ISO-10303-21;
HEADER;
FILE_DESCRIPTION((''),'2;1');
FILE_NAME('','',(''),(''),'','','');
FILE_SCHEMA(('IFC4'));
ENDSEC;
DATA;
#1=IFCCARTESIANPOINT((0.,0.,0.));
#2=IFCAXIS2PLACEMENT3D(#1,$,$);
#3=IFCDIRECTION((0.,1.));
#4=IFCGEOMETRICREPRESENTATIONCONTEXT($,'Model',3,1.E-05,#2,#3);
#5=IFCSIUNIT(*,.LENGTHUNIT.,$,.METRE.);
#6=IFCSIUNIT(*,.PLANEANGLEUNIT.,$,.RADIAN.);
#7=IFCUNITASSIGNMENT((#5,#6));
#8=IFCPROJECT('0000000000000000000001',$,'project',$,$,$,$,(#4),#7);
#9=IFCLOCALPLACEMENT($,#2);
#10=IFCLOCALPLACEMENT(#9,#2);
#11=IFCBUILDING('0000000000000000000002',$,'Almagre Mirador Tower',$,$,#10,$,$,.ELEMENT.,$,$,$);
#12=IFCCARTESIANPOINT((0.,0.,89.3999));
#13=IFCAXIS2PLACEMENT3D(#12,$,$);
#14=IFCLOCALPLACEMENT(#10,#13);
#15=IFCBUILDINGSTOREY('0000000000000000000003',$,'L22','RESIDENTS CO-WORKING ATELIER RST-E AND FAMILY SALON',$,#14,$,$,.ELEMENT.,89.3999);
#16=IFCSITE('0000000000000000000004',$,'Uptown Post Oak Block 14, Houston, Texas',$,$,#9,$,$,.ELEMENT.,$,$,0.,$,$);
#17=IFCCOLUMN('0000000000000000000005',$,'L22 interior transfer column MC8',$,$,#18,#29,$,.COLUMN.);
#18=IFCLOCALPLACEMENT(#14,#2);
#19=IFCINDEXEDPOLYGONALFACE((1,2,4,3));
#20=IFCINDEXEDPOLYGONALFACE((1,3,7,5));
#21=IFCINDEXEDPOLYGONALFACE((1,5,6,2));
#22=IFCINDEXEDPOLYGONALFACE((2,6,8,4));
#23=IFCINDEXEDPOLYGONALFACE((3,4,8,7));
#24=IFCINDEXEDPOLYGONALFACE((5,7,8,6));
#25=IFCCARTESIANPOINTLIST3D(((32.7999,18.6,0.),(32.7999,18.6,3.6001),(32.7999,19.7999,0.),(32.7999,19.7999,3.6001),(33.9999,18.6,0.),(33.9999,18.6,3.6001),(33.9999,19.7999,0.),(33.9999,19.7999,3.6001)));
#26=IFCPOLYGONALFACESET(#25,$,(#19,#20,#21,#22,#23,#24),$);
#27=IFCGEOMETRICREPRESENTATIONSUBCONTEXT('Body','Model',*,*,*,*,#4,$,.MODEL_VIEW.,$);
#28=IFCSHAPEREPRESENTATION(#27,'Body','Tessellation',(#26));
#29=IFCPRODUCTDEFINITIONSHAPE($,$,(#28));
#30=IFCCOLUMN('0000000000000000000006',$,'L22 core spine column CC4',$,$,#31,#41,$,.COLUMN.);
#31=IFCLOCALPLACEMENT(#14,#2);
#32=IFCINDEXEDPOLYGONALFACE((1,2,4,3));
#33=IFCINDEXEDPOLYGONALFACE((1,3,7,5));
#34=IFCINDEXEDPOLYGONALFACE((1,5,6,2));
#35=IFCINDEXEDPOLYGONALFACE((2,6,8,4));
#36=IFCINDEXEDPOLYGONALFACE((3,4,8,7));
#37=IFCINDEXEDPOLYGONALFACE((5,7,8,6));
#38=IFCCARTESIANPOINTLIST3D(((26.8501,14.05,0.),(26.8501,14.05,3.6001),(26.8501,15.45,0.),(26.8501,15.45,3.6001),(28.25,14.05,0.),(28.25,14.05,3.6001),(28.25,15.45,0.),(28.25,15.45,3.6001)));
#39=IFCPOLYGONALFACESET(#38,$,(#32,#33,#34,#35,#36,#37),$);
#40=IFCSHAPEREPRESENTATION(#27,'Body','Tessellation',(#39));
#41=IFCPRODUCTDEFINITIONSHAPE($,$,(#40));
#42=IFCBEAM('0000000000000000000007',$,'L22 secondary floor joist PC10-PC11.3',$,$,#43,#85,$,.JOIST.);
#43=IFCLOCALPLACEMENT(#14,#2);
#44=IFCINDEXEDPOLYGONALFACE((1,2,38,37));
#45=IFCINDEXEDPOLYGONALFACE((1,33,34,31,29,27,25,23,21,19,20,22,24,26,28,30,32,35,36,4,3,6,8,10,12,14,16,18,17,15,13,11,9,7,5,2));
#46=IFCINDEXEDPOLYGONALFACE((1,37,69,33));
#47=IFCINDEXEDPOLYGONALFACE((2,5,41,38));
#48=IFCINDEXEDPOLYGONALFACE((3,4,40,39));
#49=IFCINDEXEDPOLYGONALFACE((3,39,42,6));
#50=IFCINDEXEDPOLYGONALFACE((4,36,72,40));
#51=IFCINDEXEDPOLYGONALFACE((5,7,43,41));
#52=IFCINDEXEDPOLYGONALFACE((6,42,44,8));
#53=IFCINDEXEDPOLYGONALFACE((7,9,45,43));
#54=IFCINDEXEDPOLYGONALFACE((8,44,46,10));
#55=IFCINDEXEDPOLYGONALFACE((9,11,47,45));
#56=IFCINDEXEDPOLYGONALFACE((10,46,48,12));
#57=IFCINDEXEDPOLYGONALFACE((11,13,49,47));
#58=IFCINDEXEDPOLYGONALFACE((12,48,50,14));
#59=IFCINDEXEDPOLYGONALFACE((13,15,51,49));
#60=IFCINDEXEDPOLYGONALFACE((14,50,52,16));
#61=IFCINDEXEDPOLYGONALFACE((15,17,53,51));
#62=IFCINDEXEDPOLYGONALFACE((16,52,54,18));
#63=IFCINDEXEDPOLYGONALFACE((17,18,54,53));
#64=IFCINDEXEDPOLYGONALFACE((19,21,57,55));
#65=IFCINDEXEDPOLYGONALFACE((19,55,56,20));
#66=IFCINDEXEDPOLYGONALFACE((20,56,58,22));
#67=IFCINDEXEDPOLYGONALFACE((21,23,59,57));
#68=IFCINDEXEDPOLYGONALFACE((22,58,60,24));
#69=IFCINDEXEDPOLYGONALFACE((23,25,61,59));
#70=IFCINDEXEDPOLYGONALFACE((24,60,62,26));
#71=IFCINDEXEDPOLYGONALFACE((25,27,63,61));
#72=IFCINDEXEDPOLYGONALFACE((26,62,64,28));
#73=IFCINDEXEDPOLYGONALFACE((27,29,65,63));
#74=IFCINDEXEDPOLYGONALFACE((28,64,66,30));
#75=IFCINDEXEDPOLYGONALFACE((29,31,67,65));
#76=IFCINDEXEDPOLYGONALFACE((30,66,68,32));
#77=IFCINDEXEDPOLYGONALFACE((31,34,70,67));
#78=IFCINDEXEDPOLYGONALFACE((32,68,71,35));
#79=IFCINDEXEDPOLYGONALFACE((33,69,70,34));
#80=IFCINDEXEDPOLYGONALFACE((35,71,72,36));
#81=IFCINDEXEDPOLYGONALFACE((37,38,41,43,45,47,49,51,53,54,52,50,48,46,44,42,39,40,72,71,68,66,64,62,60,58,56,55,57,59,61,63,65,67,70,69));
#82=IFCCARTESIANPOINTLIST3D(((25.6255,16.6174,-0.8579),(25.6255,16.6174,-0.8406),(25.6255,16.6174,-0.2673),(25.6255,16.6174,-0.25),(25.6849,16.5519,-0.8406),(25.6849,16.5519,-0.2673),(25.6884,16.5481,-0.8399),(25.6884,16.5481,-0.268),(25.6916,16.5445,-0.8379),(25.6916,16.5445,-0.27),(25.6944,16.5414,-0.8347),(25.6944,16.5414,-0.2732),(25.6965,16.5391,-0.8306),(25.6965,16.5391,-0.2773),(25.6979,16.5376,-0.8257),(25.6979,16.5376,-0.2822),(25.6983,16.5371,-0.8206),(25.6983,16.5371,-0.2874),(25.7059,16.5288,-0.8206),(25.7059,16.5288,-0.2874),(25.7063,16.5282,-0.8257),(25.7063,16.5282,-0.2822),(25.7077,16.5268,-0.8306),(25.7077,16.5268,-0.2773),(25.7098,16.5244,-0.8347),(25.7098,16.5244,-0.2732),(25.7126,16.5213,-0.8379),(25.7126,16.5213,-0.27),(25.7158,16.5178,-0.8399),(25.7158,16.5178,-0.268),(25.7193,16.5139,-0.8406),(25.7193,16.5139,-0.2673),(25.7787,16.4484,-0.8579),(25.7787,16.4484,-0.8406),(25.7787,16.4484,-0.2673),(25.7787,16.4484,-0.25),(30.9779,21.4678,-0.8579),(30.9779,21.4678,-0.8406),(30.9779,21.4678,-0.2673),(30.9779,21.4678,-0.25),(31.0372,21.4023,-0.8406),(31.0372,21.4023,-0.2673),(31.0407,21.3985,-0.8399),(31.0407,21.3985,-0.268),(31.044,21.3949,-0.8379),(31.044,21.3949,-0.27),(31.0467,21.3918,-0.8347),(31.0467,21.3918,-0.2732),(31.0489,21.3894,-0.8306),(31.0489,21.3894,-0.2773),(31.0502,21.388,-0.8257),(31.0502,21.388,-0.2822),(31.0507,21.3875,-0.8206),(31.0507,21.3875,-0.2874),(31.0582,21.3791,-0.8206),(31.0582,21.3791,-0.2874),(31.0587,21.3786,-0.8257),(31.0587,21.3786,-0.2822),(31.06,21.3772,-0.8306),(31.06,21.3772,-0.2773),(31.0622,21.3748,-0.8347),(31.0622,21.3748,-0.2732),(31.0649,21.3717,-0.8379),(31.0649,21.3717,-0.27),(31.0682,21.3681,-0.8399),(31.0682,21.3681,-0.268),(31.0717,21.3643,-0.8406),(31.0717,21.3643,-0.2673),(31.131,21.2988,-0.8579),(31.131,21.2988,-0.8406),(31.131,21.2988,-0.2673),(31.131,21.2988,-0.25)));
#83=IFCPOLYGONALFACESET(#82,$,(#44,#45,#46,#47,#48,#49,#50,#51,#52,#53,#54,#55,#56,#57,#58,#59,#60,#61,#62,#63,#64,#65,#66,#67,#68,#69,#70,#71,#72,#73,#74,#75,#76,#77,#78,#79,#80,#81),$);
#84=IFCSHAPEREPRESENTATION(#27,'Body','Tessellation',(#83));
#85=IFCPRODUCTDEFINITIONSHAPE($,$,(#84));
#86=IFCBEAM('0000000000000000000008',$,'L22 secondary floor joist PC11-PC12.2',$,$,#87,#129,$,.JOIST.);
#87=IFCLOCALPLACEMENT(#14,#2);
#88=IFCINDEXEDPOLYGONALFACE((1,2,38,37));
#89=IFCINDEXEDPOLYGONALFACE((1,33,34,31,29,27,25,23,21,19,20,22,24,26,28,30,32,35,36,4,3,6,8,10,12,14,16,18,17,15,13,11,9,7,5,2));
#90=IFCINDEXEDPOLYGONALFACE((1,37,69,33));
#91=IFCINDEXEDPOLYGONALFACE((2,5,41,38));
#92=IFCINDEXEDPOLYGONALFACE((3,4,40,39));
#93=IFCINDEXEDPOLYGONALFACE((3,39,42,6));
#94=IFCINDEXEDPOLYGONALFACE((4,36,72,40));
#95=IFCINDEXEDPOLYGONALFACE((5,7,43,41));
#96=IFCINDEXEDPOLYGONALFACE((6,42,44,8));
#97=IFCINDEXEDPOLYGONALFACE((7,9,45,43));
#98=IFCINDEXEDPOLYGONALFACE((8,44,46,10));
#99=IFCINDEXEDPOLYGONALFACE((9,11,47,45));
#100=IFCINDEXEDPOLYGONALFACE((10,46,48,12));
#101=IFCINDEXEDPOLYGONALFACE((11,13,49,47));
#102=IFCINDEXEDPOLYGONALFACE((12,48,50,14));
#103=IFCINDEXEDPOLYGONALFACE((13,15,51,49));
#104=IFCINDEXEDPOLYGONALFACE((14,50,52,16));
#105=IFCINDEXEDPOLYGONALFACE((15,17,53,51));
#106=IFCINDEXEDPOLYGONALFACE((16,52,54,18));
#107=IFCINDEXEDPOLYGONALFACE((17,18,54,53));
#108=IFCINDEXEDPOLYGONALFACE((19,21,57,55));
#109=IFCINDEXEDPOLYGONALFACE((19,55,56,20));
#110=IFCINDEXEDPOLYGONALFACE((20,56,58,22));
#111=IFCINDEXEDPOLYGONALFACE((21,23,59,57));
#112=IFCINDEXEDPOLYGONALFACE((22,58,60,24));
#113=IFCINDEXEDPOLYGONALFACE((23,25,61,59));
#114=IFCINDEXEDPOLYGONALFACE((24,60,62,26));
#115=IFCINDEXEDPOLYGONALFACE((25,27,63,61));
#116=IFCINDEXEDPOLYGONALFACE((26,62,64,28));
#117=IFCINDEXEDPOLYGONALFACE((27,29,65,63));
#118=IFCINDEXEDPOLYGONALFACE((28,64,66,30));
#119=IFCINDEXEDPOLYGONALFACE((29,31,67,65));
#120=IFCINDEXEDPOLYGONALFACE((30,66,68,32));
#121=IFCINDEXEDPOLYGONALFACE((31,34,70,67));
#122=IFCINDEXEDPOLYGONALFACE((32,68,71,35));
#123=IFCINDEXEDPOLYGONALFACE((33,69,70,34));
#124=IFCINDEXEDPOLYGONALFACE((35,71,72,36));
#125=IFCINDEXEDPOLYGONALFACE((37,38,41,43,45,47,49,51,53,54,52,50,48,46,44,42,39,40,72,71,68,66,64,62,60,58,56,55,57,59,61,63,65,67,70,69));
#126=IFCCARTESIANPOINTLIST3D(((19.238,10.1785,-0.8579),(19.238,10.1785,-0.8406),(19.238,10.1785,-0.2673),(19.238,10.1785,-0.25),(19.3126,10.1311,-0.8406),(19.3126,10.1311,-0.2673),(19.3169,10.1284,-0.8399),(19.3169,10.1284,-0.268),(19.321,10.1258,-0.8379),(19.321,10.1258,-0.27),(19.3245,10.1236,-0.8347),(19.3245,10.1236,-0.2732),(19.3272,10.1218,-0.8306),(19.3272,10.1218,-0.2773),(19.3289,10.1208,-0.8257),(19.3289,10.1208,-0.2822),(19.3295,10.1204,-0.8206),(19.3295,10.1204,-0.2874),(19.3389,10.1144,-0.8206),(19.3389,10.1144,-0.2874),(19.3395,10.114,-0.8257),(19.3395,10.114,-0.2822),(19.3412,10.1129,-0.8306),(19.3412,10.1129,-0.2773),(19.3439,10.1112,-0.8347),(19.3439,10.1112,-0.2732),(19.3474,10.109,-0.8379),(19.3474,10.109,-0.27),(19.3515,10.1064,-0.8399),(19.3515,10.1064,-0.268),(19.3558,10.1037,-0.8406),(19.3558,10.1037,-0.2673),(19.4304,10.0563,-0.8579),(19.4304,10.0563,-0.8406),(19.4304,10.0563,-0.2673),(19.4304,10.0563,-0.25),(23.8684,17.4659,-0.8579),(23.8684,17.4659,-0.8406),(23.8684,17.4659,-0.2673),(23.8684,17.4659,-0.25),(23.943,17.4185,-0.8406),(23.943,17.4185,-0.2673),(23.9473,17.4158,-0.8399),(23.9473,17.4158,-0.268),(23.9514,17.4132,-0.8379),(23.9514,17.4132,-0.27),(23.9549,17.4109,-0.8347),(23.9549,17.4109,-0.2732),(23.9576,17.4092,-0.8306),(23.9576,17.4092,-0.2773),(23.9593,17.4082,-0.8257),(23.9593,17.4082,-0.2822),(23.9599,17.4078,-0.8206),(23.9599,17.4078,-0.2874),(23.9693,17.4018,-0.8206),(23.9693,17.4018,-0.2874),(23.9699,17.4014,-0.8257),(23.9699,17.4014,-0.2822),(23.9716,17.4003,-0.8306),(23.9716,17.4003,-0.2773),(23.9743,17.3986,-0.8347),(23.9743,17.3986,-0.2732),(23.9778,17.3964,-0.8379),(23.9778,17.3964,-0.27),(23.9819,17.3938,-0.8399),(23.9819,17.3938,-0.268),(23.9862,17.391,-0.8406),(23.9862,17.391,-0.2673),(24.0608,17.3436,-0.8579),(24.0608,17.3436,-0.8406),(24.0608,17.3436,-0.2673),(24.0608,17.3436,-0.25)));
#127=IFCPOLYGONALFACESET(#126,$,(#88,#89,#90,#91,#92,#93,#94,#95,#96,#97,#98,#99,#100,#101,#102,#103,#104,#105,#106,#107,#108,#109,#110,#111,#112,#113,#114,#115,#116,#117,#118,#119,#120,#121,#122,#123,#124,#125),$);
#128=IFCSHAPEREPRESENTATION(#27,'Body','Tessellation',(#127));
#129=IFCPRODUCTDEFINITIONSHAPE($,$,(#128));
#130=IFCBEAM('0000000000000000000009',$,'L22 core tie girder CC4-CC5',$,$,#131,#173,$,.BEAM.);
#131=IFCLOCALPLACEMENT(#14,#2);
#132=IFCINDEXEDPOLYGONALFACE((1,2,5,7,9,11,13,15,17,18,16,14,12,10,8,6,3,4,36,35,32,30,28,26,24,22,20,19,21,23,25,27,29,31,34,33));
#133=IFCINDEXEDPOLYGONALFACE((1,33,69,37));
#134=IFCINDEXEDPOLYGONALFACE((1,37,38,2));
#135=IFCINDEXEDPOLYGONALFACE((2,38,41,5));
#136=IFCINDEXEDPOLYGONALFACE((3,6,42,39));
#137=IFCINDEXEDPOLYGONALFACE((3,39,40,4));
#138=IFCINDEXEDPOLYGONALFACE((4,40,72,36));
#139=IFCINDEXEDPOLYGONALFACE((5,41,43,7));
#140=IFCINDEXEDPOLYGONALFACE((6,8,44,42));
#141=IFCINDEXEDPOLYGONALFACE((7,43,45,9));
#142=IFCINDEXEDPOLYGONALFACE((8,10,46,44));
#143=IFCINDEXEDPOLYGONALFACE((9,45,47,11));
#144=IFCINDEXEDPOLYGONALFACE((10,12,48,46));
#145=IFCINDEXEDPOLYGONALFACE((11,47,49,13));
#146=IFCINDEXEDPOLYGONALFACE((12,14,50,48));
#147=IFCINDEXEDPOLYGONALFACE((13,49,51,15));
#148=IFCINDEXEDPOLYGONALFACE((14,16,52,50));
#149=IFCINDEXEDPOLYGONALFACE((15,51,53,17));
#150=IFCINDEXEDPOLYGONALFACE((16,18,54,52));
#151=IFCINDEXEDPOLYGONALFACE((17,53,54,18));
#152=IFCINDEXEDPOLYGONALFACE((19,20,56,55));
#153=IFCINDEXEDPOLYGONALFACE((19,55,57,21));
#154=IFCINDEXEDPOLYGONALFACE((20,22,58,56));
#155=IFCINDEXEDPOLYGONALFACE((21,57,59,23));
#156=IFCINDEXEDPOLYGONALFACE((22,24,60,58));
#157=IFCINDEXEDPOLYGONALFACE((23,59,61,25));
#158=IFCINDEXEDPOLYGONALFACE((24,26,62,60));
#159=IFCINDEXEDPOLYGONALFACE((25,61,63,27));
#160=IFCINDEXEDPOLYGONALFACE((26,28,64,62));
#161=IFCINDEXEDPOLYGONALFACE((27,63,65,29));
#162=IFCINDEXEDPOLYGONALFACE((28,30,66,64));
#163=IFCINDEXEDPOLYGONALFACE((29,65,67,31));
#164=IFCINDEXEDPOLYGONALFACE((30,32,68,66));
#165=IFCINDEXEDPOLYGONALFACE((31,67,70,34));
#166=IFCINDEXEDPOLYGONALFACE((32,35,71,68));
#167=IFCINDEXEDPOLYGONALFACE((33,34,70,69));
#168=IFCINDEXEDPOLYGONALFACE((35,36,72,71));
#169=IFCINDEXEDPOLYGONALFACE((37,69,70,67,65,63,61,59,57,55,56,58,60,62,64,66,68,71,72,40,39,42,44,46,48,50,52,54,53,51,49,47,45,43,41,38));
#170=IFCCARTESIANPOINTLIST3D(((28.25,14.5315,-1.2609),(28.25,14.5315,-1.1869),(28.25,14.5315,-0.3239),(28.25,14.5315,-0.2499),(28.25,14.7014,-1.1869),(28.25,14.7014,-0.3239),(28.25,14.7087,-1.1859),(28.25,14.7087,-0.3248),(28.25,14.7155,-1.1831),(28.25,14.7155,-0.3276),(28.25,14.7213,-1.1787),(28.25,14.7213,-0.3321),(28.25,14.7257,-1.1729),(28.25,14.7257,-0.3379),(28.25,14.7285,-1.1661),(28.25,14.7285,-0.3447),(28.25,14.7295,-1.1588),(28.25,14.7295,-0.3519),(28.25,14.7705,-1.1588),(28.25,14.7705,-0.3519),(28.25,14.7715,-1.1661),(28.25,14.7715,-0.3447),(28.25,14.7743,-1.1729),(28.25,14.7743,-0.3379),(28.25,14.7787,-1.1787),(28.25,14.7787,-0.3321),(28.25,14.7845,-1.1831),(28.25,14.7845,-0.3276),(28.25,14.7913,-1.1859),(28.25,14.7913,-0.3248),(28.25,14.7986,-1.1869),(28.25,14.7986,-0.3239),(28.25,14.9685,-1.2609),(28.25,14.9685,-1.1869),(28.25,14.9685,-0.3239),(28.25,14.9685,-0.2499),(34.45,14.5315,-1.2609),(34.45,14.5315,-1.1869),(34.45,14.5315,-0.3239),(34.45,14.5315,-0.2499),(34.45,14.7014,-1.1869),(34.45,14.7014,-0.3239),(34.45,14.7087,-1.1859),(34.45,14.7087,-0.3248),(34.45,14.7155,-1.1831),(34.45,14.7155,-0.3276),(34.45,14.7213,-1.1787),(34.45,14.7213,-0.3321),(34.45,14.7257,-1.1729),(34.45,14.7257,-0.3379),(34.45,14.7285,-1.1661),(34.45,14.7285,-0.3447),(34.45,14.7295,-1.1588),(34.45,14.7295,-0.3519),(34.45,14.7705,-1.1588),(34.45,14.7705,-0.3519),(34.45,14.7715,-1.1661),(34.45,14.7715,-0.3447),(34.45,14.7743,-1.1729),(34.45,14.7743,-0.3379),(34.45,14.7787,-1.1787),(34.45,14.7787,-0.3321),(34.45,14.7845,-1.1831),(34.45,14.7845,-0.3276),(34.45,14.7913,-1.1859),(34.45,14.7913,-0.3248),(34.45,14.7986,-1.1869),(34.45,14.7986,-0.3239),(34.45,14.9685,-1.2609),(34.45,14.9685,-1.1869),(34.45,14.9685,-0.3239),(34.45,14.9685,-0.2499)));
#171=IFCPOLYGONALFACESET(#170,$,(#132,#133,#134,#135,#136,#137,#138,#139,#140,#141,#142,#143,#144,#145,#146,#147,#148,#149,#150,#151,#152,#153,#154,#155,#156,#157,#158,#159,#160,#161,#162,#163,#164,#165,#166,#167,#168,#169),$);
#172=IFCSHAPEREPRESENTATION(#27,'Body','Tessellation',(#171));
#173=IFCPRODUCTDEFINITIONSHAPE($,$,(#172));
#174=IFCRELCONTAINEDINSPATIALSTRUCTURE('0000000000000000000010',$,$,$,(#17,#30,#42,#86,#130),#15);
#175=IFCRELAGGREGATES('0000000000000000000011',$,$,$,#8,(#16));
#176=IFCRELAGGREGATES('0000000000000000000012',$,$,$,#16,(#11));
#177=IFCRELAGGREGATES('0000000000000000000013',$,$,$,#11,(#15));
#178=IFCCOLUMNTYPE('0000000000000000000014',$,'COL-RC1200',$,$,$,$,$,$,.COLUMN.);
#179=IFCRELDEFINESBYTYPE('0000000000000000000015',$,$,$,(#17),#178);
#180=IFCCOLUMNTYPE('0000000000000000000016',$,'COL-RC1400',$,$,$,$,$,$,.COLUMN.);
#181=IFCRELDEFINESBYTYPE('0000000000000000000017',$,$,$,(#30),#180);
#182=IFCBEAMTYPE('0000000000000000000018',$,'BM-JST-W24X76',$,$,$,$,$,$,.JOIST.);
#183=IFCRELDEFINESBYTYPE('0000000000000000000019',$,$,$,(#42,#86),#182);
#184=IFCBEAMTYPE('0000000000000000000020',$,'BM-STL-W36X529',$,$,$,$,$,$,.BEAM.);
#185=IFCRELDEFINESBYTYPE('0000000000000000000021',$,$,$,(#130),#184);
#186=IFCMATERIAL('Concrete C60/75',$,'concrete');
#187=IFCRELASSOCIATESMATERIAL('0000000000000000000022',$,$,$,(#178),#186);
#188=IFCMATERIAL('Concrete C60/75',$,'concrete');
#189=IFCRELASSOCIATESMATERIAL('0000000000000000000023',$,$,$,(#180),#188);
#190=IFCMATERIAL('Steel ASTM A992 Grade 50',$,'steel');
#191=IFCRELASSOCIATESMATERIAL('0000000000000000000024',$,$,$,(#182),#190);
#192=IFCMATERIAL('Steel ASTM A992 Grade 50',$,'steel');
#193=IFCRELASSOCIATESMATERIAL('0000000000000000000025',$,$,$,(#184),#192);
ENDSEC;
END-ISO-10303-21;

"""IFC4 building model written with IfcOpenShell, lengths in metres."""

from ifc_helpers import new_model, si_unit, direction, frame, origin, origin_2d, place, context, subcontext, project, spatial, rectangle, i_section, extrude, material, material_profile, profile_set, type_object, element, save


model = new_model("IFC4")

# Units and contexts
model_context = context("Model", 3, precision=1e-05, world=origin(), true_north=direction((0.0, 1.0)))
body_context = subcontext(model_context, "Body", "Model", "MODEL_VIEW")
ifc_project = project(units=[si_unit("LENGTHUNIT", "METRE"), si_unit("PLANEANGLEUNIT", "RADIAN")], contexts=[model_context])

# Site, building, storey
site_placement = place(None, origin())
site = spatial("IfcSite", under=ifc_project, at=site_placement, Name="Uptown Post Oak Block 14, Houston, Texas", CompositionType="ELEMENT", RefElevation=0.0)
building_placement = place(site_placement, origin())
building = spatial("IfcBuilding", under=site, at=building_placement, Name="Almagre Mirador Tower", CompositionType="ELEMENT")
storey_placement = place(building_placement, frame((0.0, 0.0, 89.3999)))
storey = spatial("IfcBuildingStorey", under=building, at=storey_placement, Name="L22", Description="RESIDENTS CO-WORKING ATELIER RST-E AND FAMILY SALON", CompositionType="ELEMENT", Elevation=89.3999)

# Columns
ifc_material_1 = material(Name="Concrete C60/75", Category="concrete")
ifc_material_profile_1 = material_profile(ifc_material_1, rectangle(XDim=1.2, YDim=1.2, at=origin_2d()), Name="RC1200X1200")
ifc_profile_set_1 = profile_set([ifc_material_profile_1], Name="Concrete C60/75")
column_type_1 = type_object("IfcColumnType", Name="COL-RC1200", PredefinedType="COLUMN", material=ifc_profile_set_1)
column_1_placement = place(storey_placement, frame((33.3999, 19.2, 0.0), z_axis=(0.0, 0.0, 1.0), x_axis=(1.0, 0.0, 0.0)))
element("IfcColumn", 1, at=column_1_placement, inside=storey, type_object=column_type_1, Name="L22 interior transfer column MC8", PredefinedType="COLUMN", context=body_context, shape_type="SweptSolid", body=[
    extrude(rectangle(XDim=1.2, YDim=1.2, at=origin_2d()), origin(), (0.0, 0.0, 1.0), 3.6001),
])
ifc_material_2 = material(Name="Concrete C60/75", Category="concrete")
ifc_material_profile_2 = material_profile(ifc_material_2, rectangle(XDim=1.3999, YDim=1.3999, at=origin_2d()), Name="RC1400X1400")
ifc_profile_set_2 = profile_set([ifc_material_profile_2], Name="Concrete C60/75")
column_type_2 = type_object("IfcColumnType", Name="COL-RC1400", PredefinedType="COLUMN", material=ifc_profile_set_2)
column_2_placement = place(storey_placement, frame((27.55, 14.75, 0.0), z_axis=(0.0, 0.0, 1.0), x_axis=(1.0, 0.0, 0.0)))
element("IfcColumn", 2, at=column_2_placement, inside=storey, type_object=column_type_2, Name="L22 core spine column CC4", PredefinedType="COLUMN", context=body_context, shape_type="SweptSolid", body=[
    extrude(rectangle(XDim=1.3999, YDim=1.3999, at=origin_2d()), origin(), (0.0, 0.0, 1.0), 3.6001),
])

# Beams
ifc_material_3 = material(Name="Steel ASTM A992 Grade 50", Category="steel")
ifc_material_profile_3 = material_profile(ifc_material_3, i_section(OverallWidth=0.228, OverallDepth=0.6079, WebThickness=0.0112, FlangeThickness=0.0173, FilletRadius=0.02, at=origin_2d()), Name="W24X76")
ifc_profile_set_3 = profile_set([ifc_material_profile_3], Name="Steel ASTM A992 Grade 50")
beam_type_1 = type_object("IfcBeamType", Name="BM-JST-W24X76", PredefinedType="JOIST", material=ifc_profile_set_3)
beam_1_placement = place(storey_placement, frame((31.0544, 21.3833, -0.554), z_axis=(-0.740999, -0.671506, 0.0), x_axis=(0.671506, -0.740999, 0.0)))
element("IfcBeam", 3, at=beam_1_placement, inside=storey, type_object=beam_type_1, Name="L22 secondary floor joist PC10-PC11.3", PredefinedType="JOIST", context=body_context, shape_type="SweptSolid", body=[
    extrude(i_section(OverallWidth=0.228, OverallDepth=0.6079, WebThickness=0.0112, FlangeThickness=0.0173, FilletRadius=0.02, at=origin_2d()), origin(), (0.0, 0.0, 1.0), 7.2231),
])
beam_2_placement = place(storey_placement, frame((23.9646, 17.4048, -0.554), z_axis=(-0.536295, -0.84403, 0.0), x_axis=(0.84403, -0.536295, 0.0)))
element("IfcBeam", 4, at=beam_2_placement, inside=storey, type_object=beam_type_1, Name="L22 secondary floor joist PC11-PC12.2", PredefinedType="JOIST", context=body_context, shape_type="SweptSolid", body=[
    extrude(i_section(OverallWidth=0.228, OverallDepth=0.6079, WebThickness=0.0112, FlangeThickness=0.0173, FilletRadius=0.02, at=origin_2d()), origin(), (0.0, 0.0, 1.0), 8.634),
])
ifc_material_4 = material(Name="Steel ASTM A992 Grade 50", Category="steel")
ifc_material_profile_4 = material_profile(ifc_material_4, i_section(OverallWidth=0.437, OverallDepth=1.011, WebThickness=0.041, FlangeThickness=0.074, FilletRadius=0.0281, at=origin_2d()), Name="W36X529")
ifc_profile_set_4 = profile_set([ifc_material_profile_4], Name="Steel ASTM A992 Grade 50")
beam_type_2 = type_object("IfcBeamType", Name="BM-STL-W36X529", PredefinedType="BEAM", material=ifc_profile_set_4)
beam_3_placement = place(storey_placement, frame((28.25, 14.75, -0.7554), z_axis=(1.0, 0.0, 0.0), x_axis=(0.0, 1.0, 0.0)))
element("IfcBeam", 5, at=beam_3_placement, inside=storey, type_object=beam_type_2, Name="L22 core tie girder CC4-CC5", PredefinedType="BEAM", context=body_context, shape_type="SweptSolid", body=[
    extrude(i_section(OverallWidth=0.437, OverallDepth=1.011, WebThickness=0.041, FlangeThickness=0.074, FilletRadius=0.0281, at=origin_2d()), origin(), (0.0, 0.0, 1.0), 6.2),
])

save(model, "model.ifc")
